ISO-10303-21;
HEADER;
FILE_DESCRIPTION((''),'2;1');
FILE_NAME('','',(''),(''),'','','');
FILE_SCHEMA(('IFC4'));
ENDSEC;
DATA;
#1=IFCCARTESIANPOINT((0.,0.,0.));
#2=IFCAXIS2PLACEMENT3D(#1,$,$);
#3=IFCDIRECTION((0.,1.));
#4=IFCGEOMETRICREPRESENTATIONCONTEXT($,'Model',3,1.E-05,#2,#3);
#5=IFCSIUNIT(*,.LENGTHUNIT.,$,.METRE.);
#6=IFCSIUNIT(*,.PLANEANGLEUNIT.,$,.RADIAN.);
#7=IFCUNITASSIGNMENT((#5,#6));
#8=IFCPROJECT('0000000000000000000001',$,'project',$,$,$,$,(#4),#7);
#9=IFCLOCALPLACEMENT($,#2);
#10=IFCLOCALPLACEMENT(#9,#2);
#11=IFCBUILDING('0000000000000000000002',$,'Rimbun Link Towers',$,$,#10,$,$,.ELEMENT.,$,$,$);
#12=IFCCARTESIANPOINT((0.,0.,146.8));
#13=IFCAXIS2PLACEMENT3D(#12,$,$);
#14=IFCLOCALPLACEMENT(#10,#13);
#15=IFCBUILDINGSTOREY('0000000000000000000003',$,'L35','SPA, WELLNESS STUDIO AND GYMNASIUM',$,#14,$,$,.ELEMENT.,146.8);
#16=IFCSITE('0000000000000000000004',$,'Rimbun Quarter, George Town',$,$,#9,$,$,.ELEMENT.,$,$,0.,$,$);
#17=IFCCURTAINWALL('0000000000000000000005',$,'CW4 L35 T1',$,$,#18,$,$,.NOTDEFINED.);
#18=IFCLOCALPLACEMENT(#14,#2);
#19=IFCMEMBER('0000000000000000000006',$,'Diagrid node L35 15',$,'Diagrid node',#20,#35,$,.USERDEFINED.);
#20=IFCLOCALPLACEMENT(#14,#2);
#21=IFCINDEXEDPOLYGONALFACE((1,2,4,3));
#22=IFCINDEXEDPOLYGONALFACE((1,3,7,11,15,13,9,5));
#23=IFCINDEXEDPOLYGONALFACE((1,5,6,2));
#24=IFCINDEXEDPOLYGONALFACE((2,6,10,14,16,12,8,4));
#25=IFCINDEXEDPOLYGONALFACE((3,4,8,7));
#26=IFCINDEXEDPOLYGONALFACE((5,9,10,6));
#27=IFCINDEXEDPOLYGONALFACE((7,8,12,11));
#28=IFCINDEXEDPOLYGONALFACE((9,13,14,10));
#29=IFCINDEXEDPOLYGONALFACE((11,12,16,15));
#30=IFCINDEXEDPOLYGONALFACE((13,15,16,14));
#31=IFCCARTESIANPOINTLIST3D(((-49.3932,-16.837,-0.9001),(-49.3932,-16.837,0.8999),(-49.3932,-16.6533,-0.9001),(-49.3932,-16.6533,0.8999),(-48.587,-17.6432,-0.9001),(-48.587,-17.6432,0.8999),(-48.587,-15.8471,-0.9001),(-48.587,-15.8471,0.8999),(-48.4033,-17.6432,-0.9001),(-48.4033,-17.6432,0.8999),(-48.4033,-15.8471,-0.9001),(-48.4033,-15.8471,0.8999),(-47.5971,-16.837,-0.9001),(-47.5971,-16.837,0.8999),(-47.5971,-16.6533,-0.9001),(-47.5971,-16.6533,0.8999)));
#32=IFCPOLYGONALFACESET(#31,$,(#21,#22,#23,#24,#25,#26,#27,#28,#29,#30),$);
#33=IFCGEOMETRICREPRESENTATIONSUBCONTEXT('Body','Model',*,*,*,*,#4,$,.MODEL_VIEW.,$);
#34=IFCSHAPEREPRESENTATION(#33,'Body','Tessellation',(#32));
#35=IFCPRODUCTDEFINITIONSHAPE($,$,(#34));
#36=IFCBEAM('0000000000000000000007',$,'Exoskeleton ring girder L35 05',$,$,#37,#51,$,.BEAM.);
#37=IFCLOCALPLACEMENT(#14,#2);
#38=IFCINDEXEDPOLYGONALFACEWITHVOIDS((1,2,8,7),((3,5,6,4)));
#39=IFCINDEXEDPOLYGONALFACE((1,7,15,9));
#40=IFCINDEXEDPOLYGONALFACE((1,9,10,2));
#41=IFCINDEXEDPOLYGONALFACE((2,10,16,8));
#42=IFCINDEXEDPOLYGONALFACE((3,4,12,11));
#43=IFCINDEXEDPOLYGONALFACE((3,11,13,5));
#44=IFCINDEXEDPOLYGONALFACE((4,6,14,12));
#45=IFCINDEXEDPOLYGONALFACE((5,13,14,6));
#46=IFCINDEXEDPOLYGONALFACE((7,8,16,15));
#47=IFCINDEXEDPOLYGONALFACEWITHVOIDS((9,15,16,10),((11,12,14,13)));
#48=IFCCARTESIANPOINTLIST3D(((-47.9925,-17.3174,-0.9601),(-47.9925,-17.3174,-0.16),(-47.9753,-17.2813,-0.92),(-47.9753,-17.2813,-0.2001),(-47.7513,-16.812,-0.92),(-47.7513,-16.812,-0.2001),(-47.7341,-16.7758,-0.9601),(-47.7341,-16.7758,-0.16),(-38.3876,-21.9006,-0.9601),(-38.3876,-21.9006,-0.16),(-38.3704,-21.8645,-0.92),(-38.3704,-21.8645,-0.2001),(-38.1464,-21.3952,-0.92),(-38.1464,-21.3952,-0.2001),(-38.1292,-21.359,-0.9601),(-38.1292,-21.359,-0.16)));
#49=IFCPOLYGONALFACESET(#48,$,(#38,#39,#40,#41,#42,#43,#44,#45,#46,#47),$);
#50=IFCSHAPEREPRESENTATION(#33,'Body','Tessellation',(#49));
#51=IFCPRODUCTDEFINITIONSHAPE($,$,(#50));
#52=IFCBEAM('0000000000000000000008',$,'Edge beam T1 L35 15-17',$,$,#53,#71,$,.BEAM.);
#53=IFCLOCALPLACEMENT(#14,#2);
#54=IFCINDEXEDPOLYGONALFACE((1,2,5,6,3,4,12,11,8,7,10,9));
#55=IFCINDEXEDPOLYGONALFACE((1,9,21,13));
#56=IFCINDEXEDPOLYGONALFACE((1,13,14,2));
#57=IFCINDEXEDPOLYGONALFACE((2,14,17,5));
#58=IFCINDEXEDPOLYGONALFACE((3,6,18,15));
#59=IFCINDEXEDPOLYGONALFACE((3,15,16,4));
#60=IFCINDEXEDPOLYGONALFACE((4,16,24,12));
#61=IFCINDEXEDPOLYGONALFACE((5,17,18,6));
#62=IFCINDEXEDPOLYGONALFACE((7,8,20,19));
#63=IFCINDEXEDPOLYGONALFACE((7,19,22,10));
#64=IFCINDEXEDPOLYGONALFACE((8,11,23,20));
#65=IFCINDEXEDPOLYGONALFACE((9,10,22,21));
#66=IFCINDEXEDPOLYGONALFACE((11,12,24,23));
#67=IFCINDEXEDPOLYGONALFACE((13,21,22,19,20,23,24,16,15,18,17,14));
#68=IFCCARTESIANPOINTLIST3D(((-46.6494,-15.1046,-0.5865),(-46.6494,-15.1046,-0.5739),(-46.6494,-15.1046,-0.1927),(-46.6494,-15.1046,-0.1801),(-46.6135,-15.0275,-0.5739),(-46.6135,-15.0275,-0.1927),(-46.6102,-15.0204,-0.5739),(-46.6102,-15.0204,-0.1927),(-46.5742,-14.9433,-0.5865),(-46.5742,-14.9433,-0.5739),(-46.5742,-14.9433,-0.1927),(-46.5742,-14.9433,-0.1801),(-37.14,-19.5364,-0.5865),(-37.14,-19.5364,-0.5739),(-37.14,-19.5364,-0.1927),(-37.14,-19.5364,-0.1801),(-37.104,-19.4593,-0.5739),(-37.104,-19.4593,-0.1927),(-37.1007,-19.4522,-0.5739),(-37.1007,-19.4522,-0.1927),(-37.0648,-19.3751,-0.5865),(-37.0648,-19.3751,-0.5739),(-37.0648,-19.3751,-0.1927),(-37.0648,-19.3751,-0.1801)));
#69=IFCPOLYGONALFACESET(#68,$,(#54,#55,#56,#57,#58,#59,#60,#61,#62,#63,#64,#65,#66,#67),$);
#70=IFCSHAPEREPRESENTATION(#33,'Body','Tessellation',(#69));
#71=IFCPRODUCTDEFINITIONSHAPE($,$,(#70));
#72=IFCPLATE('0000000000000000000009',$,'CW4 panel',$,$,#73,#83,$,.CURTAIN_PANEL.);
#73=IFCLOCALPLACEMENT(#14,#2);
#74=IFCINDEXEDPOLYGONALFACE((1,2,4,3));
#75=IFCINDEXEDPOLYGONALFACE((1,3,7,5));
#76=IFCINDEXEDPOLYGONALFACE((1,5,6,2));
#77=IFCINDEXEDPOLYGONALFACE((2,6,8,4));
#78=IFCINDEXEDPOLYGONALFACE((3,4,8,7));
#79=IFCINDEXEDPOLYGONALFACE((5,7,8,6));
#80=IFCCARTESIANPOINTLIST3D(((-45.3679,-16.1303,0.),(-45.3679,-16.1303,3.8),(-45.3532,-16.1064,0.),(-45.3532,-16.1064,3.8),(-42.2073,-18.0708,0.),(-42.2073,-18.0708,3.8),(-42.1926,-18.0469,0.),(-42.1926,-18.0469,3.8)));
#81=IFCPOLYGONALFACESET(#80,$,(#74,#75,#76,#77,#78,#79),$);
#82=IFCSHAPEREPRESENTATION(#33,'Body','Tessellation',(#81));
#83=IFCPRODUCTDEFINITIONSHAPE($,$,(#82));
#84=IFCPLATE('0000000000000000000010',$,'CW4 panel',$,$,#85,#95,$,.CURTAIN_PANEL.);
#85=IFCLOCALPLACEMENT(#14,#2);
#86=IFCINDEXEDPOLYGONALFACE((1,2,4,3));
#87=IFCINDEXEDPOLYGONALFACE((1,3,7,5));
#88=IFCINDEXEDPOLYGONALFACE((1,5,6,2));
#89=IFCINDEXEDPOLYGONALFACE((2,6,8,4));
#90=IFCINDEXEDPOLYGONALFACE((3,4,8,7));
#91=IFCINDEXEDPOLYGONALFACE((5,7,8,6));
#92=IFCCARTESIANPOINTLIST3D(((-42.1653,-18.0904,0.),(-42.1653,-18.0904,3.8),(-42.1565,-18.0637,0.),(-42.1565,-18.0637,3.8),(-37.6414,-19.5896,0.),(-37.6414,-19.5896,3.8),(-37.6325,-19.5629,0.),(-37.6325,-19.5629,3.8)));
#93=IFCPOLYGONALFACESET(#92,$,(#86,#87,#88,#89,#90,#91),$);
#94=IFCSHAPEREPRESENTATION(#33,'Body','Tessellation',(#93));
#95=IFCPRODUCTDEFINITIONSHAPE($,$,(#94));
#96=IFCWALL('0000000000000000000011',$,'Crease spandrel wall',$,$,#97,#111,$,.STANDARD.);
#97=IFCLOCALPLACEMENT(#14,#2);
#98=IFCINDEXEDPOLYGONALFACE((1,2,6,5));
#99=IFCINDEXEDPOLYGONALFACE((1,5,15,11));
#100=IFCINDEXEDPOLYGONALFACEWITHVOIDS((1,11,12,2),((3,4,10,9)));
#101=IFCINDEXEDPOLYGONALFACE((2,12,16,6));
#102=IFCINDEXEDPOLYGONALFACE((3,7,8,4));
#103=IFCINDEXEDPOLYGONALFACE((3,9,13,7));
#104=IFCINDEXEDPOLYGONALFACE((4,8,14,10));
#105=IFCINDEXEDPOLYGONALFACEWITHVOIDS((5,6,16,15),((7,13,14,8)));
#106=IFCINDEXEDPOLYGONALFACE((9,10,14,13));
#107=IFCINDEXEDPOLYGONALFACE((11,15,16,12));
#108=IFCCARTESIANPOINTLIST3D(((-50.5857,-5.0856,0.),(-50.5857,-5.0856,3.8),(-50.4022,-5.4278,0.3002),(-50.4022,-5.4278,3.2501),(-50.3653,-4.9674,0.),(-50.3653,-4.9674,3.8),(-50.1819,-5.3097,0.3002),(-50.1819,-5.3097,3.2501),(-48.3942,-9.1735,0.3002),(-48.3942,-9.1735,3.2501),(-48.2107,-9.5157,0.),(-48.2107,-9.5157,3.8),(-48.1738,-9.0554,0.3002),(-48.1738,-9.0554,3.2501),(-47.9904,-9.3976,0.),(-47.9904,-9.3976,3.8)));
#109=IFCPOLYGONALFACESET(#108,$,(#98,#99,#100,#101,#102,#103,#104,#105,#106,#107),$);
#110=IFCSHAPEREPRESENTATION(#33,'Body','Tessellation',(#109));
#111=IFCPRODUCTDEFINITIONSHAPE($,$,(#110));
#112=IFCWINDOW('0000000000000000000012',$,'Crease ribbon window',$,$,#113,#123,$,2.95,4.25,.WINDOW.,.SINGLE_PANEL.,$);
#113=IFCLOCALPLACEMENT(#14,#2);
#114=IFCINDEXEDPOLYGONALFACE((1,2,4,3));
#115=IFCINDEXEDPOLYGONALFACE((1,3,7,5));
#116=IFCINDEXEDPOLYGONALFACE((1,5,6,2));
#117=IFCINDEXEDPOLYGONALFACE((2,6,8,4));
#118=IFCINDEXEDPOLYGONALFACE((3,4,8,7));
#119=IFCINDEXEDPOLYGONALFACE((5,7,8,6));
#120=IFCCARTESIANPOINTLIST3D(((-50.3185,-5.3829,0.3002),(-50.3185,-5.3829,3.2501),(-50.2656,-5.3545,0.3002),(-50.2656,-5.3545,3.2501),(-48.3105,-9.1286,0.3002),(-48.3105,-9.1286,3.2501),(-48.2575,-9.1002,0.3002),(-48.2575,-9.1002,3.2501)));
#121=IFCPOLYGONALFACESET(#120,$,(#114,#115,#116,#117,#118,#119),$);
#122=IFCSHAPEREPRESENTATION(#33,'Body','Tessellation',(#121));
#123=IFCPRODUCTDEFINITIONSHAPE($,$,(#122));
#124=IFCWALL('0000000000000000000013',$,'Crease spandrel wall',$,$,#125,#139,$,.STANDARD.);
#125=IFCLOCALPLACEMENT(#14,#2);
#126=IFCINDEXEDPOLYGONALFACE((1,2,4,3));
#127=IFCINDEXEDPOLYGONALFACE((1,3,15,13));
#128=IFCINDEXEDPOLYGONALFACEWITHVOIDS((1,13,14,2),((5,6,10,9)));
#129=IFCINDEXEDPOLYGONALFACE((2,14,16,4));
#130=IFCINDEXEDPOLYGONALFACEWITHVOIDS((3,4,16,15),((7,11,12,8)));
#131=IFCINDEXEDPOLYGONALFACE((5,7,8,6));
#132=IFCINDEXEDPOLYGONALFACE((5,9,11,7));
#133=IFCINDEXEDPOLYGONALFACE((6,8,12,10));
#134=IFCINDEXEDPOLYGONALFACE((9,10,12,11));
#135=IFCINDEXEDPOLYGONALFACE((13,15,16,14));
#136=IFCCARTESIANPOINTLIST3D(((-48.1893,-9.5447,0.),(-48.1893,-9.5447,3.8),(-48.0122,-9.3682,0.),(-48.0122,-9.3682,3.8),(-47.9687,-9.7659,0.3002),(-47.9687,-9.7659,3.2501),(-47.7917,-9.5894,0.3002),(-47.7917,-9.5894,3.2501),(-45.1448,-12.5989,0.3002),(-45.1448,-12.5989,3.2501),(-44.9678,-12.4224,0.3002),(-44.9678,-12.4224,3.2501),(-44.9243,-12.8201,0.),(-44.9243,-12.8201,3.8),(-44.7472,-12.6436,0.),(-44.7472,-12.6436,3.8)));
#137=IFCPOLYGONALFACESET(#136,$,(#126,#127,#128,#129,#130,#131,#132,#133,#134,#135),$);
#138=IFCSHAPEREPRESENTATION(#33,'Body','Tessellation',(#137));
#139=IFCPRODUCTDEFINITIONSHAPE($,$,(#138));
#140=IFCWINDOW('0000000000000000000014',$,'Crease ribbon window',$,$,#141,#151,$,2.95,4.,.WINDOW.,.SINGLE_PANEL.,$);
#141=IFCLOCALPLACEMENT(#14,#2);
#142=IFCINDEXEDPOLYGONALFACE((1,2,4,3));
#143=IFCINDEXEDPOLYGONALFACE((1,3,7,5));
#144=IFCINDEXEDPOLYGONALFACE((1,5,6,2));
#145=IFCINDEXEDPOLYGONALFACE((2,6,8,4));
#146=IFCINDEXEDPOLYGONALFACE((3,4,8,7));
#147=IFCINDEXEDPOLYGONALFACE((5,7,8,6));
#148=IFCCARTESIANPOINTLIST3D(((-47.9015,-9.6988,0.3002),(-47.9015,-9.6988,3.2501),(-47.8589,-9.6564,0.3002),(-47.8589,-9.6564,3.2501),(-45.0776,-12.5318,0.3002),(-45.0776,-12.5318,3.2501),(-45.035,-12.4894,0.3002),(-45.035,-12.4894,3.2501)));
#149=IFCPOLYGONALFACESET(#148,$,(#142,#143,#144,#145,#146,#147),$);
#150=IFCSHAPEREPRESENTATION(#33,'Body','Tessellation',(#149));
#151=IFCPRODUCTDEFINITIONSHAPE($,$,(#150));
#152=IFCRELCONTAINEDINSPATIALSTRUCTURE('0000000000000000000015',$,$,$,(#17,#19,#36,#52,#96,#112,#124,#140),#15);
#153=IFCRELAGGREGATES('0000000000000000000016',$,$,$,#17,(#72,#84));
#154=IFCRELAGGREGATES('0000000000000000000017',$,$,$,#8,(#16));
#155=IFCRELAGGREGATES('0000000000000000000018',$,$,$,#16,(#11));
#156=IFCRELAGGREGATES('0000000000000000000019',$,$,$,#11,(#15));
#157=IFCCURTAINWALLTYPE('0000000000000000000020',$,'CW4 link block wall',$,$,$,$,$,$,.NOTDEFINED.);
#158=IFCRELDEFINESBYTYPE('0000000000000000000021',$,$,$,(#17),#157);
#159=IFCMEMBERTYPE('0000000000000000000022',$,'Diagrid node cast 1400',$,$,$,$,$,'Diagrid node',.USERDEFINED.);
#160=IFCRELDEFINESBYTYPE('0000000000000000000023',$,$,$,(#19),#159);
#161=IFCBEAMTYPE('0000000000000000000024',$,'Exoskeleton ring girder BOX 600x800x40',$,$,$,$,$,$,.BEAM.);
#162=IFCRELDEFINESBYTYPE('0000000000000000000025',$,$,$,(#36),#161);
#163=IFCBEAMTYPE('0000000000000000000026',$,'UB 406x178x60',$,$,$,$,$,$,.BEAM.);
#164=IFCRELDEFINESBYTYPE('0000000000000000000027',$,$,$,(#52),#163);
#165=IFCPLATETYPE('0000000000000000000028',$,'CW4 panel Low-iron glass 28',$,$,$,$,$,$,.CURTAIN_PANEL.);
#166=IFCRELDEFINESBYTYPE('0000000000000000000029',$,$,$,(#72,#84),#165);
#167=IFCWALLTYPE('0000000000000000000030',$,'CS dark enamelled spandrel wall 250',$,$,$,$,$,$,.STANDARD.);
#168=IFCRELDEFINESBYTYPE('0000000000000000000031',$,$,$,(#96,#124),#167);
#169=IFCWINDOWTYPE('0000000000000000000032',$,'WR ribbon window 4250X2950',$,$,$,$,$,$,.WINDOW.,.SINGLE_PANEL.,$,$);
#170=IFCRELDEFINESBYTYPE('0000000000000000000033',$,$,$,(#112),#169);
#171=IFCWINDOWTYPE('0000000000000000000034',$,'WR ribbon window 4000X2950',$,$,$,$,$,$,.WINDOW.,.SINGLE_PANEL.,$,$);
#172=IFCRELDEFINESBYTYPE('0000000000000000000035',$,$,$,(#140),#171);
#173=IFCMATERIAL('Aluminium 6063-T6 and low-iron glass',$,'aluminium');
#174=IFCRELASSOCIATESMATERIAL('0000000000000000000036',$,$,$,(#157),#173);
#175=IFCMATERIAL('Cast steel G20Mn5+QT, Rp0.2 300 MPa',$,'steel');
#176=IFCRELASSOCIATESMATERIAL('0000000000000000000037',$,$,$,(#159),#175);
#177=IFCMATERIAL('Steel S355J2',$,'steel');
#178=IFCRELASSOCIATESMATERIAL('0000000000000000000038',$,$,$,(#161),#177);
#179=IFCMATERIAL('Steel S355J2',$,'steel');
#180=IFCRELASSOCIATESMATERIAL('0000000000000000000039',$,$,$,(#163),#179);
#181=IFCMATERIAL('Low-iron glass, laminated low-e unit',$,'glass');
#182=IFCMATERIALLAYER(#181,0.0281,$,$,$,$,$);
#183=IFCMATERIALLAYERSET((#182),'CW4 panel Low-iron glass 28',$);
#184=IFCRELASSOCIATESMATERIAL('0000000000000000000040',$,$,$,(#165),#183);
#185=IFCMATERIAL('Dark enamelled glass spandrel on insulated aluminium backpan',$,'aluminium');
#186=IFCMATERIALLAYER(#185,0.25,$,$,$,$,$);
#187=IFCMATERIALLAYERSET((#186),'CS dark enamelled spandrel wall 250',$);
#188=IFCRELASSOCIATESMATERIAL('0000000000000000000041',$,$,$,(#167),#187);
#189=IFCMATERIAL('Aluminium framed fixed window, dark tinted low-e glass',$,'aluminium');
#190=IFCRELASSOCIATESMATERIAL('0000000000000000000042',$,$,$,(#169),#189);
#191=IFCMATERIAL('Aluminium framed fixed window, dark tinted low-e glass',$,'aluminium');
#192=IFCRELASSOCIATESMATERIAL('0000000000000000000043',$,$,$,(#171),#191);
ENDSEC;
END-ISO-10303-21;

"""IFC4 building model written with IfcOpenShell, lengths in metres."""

from ifc_helpers import new_model, si_unit, direction, frame, frame_2d, origin, origin_2d, place, context, subcontext, project, spatial, polyline, rectangle, hollow_rectangle, i_section, outline, extrude, material, layer, layer_set, material_profile, profile_set, type_object, element, fill, aggregate, save


model = new_model("IFC4")

# Units and contexts
model_context = context("Model", 3, precision=1e-05, world=origin(), true_north=direction((0.0, 1.0)))
body_context = subcontext(model_context, "Body", "Model", "MODEL_VIEW")
ifc_project = project(units=[si_unit("LENGTHUNIT", "METRE"), si_unit("PLANEANGLEUNIT", "RADIAN")], contexts=[model_context])

# Site, building, storey
site_placement = place(None, origin())
site = spatial("IfcSite", under=ifc_project, at=site_placement, Name="Rimbun Quarter, George Town", CompositionType="ELEMENT", RefElevation=0.0)
building_placement = place(site_placement, origin())
building = spatial("IfcBuilding", under=site, at=building_placement, Name="Rimbun Link Towers", CompositionType="ELEMENT")
storey_placement = place(building_placement, frame((0.0, 0.0, 146.8)))
storey = spatial("IfcBuildingStorey", under=building, at=storey_placement, Name="L35", Description="SPA, WELLNESS STUDIO AND GYMNASIUM", CompositionType="ELEMENT", Elevation=146.8)

# Curtain wall
ifc_material_1 = material(Name="Aluminium 6063-T6 and low-iron glass", Category="aluminium")
curtain_wall_type = type_object("IfcCurtainWallType", Name="CW4 link block wall", PredefinedType="NOTDEFINED", material=ifc_material_1)
curtain_wall_placement = place(storey_placement, origin())
curtain_wall = element("IfcCurtainWall", 1, at=curtain_wall_placement, inside=storey, type_object=curtain_wall_type, Name="CW4 L35 T1", PredefinedType="NOTDEFINED")

# Member
ifc_material_2 = material(Name="Cast steel G20Mn5+QT, Rp0.2 300 MPa", Category="steel")
ifc_material_profile_1 = material_profile(ifc_material_2, outline(polyline([(0.7, -0.5701), (0.7, 0.5701), (0.5701, 0.7), (-0.5701, 0.7), (-0.7, 0.5701), (-0.7, -0.5701), (-0.5701, -0.7), (0.5701, -0.7), (0.7, -0.5701)])), Name="NODE 1400x1400")
ifc_profile_set_1 = profile_set([ifc_material_profile_1], Name="Cast steel G20Mn5+QT, Rp0.2 300 MPa")
member_type_1 = type_object("IfcMemberType", Name="Diagrid node cast 1400", ElementType="Diagrid node", PredefinedType="USERDEFINED", material=ifc_profile_set_1)
member_1_placement = place(storey_placement, frame((-48.4951, -16.7451, -0.9001), z_axis=(0.0, 0.0, 1.0), x_axis=(-0.707107, -0.707107, 0.0)))
element("IfcMember", 2, at=member_1_placement, inside=storey, type_object=member_type_1, Name="Diagrid node L35 15", ObjectType="Diagrid node", PredefinedType="USERDEFINED", context=body_context, shape_type="SweptSolid", body=[
    extrude(outline(polyline([(0.7, -0.5701), (0.7, 0.5701), (0.5701, 0.7), (-0.5701, 0.7), (-0.7, 0.5701), (-0.7, -0.5701), (-0.5701, -0.7), (0.5701, -0.7), (0.7, -0.5701)])), origin(), (0.0, 0.0, 1.0), 1.8),
])

# Beams
ifc_material_3 = material(Name="Steel S355J2", Category="steel")
ifc_material_profile_2 = material_profile(ifc_material_3, hollow_rectangle(XDim=0.6001, YDim=0.8, WallThickness=0.04, at=origin_2d()), Name="Exoskeleton ring girder BOX 600x800x40")
ifc_profile_set_2 = profile_set([ifc_material_profile_2], Name="Steel S355J2")
beam_type_1 = type_object("IfcBeamType", Name="Exoskeleton ring girder BOX 600x800x40", PredefinedType="BEAM", material=ifc_profile_set_2)
beam_1_placement = place(storey_placement, frame((-47.8633, -17.0466, -0.5601), z_axis=(0.902515, -0.430657, 0.0), x_axis=(0.430657, 0.902515, 0.0)))
element("IfcBeam", 3, at=beam_1_placement, inside=storey, type_object=beam_type_1, Name="Exoskeleton ring girder L35 05", PredefinedType="BEAM", context=body_context, shape_type="SweptSolid", body=[
    extrude(hollow_rectangle(XDim=0.6001, YDim=0.8, WallThickness=0.04, at=origin_2d()), origin(), (0.0, 0.0, 1.0), 10.6423),
])
ifc_material_4 = material(Name="Steel S355J2", Category="steel")
ifc_material_profile_3 = material_profile(ifc_material_4, i_section(OverallWidth=0.178, OverallDepth=0.4065, WebThickness=0.0078, FlangeThickness=0.0127, at=origin_2d()), Name="UB 406x178x60")
ifc_profile_set_3 = profile_set([ifc_material_profile_3], Name="Steel S355J2")
beam_type_2 = type_object("IfcBeamType", Name="UB 406x178x60", PredefinedType="BEAM", material=ifc_profile_set_3)
beam_2_placement = place(storey_placement, frame((-46.6118, -15.0239, -0.3833), z_axis=(0.906398, -0.422424, 0.0), x_axis=(0.422424, 0.906398, 0.0)))
element("IfcBeam", 4, at=beam_2_placement, inside=storey, type_object=beam_type_2, Name="Edge beam T1 L35 15-17", PredefinedType="BEAM", context=body_context, shape_type="SweptSolid", body=[
    extrude(i_section(OverallWidth=0.178, OverallDepth=0.4065, WebThickness=0.0078, FlangeThickness=0.0127, at=origin_2d()), origin(), (0.0, 0.0, 1.0), 10.4915),
])

# Plates
ifc_material_5 = material(Name="Low-iron glass, laminated low-e unit", Category="glass")
ifc_layer_1 = layer(ifc_material_5, 0.0281)
ifc_layer_set_1 = layer_set([ifc_layer_1], Name="CW4 panel Low-iron glass 28")
plate_type = type_object("IfcPlateType", Name="CW4 panel Low-iron glass 28", PredefinedType="CURTAIN_PANEL", material=ifc_layer_set_1)
plate_1_placement = place(storey_placement, frame((-43.7803, -17.0886, 0.0), z_axis=(0.0, 0.0, 1.0), x_axis=(-0.852194, 0.523225, 0.0)))
plate_1 = element("IfcPlate", 5, at=plate_1_placement, type_object=plate_type, Name="CW4 panel", PredefinedType="CURTAIN_PANEL", context=body_context, shape_type="SweptSolid", body=[
    extrude(rectangle(XDim=3.7087, YDim=0.0281, at=origin_2d()), origin(), (0.0, 0.0, 1.0), 3.8),
])
plate_2_placement = place(storey_placement, frame((-39.8989, -18.8267, 0.0), z_axis=(0.0, 0.0, 1.0), x_axis=(-0.949235, 0.314568, 0.0)))
plate_2 = element("IfcPlate", 6, at=plate_2_placement, type_object=plate_type, Name="CW4 panel", PredefinedType="CURTAIN_PANEL", context=body_context, shape_type="SweptSolid", body=[
    extrude(rectangle(XDim=4.7659, YDim=0.0281, at=origin_2d()), origin(), (0.0, 0.0, 1.0), 3.8),
])
aggregate(curtain_wall, [plate_1, plate_2])

# Walls, openings, windows
ifc_material_6 = material(Name="Dark enamelled glass spandrel on insulated aluminium backpan", Category="aluminium")
ifc_layer_2 = layer(ifc_material_6, 0.25)
ifc_layer_set_2 = layer_set([ifc_layer_2], Name="CS dark enamelled spandrel wall 250")
wall_type_1 = type_object("IfcWallType", Name="CS dark enamelled spandrel wall 250", PredefinedType="STANDARD", material=ifc_layer_set_2)
wall_1_placement = place(storey_placement, frame((-48.1006, -9.4565, 0.0), z_axis=(0.0, 0.0, 1.0), x_axis=(-0.472483, 0.88134, 0.0)))
wall_1 = element("IfcWall", 7, at=wall_1_placement, inside=storey, type_object=wall_type_1, Name="Crease spandrel wall", PredefinedType="STANDARD", context=body_context, shape_type="SweptSolid", body=[
    extrude(rectangle(XDim=5.0266, YDim=0.25, at=frame_2d((2.5132, 0.0))), origin(), (0.0, 0.0, 1.0), 3.8),
])
opening_1_placement = place(wall_1_placement, frame((0.3882, 0.0, 0.3)))
opening_1 = element("IfcOpeningElement", 8, at=opening_1_placement, cuts=wall_1, PredefinedType="OPENING", context=body_context, shape_type="SweptSolid", body=[
    extrude(rectangle(XDim=4.25, YDim=2.95, at=frame_2d((2.125, 1.4751))), frame((0.0, 0.135, 0.0), z_axis=(0.0, -1.0, 0.0), x_axis=(1.0, 0.0, 0.0)), (0.0, 0.0, 1.0), 0.27),
])
ifc_material_7 = material(Name="Aluminium framed fixed window, dark tinted low-e glass", Category="aluminium")
window_type_1 = type_object("IfcWindowType", Name="WR ribbon window 4250X2950", PartitioningType="SINGLE_PANEL", PredefinedType="WINDOW", material=ifc_material_7)
window_1_placement = place(opening_1_placement, origin())
window_1 = element("IfcWindow", 9, at=window_1_placement, inside=storey, type_object=window_type_1, Name="Crease ribbon window", OverallHeight=2.95, OverallWidth=4.25, PartitioningType="SINGLE_PANEL", PredefinedType="WINDOW", context=body_context, shape_type="SweptSolid", body=[
    extrude(rectangle(XDim=4.25, YDim=2.95, at=frame_2d((2.125, 1.4751))), frame((0.0, 0.03, 0.0), z_axis=(0.0, -1.0, 0.0), x_axis=(1.0, 0.0, 0.0)), (0.0, 0.0, 1.0), 0.0601),
])
fill(opening_1, window_1)
wall_2_placement = place(storey_placement, frame((-44.8357, -12.7319, 0.0), z_axis=(0.0, 0.0, 1.0), x_axis=(-0.705971, 0.708241, 0.0)))
wall_2 = element("IfcWall", 10, at=wall_2_placement, inside=storey, type_object=wall_type_1, Name="Crease spandrel wall", PredefinedType="STANDARD", context=body_context, shape_type="SweptSolid", body=[
    extrude(rectangle(XDim=4.6248, YDim=0.25, at=frame_2d((2.3125, 0.0))), origin(), (0.0, 0.0, 1.0), 3.8),
])
opening_2_placement = place(wall_2_placement, frame((0.3125, 0.0, 0.3)))
opening_2 = element("IfcOpeningElement", 11, at=opening_2_placement, cuts=wall_2, PredefinedType="OPENING", context=body_context, shape_type="SweptSolid", body=[
    extrude(rectangle(XDim=4.0, YDim=2.95, at=frame_2d((2.0, 1.4751))), frame((0.0, 0.135, 0.0), z_axis=(0.0, -1.0, 0.0), x_axis=(1.0, 0.0, 0.0)), (0.0, 0.0, 1.0), 0.27),
])
ifc_material_8 = material(Name="Aluminium framed fixed window, dark tinted low-e glass", Category="aluminium")
window_type_2 = type_object("IfcWindowType", Name="WR ribbon window 4000X2950", PartitioningType="SINGLE_PANEL", PredefinedType="WINDOW", material=ifc_material_8)
window_2_placement = place(opening_2_placement, origin())
window_2 = element("IfcWindow", 12, at=window_2_placement, inside=storey, type_object=window_type_2, Name="Crease ribbon window", OverallHeight=2.95, OverallWidth=4.0, PartitioningType="SINGLE_PANEL", PredefinedType="WINDOW", context=body_context, shape_type="SweptSolid", body=[
    extrude(rectangle(XDim=4.0, YDim=2.95, at=frame_2d((2.0, 1.4751))), frame((0.0, 0.03, 0.0), z_axis=(0.0, -1.0, 0.0), x_axis=(1.0, 0.0, 0.0)), (0.0, 0.0, 1.0), 0.0601),
])
fill(opening_2, window_2)

save(model, "model.ifc")
